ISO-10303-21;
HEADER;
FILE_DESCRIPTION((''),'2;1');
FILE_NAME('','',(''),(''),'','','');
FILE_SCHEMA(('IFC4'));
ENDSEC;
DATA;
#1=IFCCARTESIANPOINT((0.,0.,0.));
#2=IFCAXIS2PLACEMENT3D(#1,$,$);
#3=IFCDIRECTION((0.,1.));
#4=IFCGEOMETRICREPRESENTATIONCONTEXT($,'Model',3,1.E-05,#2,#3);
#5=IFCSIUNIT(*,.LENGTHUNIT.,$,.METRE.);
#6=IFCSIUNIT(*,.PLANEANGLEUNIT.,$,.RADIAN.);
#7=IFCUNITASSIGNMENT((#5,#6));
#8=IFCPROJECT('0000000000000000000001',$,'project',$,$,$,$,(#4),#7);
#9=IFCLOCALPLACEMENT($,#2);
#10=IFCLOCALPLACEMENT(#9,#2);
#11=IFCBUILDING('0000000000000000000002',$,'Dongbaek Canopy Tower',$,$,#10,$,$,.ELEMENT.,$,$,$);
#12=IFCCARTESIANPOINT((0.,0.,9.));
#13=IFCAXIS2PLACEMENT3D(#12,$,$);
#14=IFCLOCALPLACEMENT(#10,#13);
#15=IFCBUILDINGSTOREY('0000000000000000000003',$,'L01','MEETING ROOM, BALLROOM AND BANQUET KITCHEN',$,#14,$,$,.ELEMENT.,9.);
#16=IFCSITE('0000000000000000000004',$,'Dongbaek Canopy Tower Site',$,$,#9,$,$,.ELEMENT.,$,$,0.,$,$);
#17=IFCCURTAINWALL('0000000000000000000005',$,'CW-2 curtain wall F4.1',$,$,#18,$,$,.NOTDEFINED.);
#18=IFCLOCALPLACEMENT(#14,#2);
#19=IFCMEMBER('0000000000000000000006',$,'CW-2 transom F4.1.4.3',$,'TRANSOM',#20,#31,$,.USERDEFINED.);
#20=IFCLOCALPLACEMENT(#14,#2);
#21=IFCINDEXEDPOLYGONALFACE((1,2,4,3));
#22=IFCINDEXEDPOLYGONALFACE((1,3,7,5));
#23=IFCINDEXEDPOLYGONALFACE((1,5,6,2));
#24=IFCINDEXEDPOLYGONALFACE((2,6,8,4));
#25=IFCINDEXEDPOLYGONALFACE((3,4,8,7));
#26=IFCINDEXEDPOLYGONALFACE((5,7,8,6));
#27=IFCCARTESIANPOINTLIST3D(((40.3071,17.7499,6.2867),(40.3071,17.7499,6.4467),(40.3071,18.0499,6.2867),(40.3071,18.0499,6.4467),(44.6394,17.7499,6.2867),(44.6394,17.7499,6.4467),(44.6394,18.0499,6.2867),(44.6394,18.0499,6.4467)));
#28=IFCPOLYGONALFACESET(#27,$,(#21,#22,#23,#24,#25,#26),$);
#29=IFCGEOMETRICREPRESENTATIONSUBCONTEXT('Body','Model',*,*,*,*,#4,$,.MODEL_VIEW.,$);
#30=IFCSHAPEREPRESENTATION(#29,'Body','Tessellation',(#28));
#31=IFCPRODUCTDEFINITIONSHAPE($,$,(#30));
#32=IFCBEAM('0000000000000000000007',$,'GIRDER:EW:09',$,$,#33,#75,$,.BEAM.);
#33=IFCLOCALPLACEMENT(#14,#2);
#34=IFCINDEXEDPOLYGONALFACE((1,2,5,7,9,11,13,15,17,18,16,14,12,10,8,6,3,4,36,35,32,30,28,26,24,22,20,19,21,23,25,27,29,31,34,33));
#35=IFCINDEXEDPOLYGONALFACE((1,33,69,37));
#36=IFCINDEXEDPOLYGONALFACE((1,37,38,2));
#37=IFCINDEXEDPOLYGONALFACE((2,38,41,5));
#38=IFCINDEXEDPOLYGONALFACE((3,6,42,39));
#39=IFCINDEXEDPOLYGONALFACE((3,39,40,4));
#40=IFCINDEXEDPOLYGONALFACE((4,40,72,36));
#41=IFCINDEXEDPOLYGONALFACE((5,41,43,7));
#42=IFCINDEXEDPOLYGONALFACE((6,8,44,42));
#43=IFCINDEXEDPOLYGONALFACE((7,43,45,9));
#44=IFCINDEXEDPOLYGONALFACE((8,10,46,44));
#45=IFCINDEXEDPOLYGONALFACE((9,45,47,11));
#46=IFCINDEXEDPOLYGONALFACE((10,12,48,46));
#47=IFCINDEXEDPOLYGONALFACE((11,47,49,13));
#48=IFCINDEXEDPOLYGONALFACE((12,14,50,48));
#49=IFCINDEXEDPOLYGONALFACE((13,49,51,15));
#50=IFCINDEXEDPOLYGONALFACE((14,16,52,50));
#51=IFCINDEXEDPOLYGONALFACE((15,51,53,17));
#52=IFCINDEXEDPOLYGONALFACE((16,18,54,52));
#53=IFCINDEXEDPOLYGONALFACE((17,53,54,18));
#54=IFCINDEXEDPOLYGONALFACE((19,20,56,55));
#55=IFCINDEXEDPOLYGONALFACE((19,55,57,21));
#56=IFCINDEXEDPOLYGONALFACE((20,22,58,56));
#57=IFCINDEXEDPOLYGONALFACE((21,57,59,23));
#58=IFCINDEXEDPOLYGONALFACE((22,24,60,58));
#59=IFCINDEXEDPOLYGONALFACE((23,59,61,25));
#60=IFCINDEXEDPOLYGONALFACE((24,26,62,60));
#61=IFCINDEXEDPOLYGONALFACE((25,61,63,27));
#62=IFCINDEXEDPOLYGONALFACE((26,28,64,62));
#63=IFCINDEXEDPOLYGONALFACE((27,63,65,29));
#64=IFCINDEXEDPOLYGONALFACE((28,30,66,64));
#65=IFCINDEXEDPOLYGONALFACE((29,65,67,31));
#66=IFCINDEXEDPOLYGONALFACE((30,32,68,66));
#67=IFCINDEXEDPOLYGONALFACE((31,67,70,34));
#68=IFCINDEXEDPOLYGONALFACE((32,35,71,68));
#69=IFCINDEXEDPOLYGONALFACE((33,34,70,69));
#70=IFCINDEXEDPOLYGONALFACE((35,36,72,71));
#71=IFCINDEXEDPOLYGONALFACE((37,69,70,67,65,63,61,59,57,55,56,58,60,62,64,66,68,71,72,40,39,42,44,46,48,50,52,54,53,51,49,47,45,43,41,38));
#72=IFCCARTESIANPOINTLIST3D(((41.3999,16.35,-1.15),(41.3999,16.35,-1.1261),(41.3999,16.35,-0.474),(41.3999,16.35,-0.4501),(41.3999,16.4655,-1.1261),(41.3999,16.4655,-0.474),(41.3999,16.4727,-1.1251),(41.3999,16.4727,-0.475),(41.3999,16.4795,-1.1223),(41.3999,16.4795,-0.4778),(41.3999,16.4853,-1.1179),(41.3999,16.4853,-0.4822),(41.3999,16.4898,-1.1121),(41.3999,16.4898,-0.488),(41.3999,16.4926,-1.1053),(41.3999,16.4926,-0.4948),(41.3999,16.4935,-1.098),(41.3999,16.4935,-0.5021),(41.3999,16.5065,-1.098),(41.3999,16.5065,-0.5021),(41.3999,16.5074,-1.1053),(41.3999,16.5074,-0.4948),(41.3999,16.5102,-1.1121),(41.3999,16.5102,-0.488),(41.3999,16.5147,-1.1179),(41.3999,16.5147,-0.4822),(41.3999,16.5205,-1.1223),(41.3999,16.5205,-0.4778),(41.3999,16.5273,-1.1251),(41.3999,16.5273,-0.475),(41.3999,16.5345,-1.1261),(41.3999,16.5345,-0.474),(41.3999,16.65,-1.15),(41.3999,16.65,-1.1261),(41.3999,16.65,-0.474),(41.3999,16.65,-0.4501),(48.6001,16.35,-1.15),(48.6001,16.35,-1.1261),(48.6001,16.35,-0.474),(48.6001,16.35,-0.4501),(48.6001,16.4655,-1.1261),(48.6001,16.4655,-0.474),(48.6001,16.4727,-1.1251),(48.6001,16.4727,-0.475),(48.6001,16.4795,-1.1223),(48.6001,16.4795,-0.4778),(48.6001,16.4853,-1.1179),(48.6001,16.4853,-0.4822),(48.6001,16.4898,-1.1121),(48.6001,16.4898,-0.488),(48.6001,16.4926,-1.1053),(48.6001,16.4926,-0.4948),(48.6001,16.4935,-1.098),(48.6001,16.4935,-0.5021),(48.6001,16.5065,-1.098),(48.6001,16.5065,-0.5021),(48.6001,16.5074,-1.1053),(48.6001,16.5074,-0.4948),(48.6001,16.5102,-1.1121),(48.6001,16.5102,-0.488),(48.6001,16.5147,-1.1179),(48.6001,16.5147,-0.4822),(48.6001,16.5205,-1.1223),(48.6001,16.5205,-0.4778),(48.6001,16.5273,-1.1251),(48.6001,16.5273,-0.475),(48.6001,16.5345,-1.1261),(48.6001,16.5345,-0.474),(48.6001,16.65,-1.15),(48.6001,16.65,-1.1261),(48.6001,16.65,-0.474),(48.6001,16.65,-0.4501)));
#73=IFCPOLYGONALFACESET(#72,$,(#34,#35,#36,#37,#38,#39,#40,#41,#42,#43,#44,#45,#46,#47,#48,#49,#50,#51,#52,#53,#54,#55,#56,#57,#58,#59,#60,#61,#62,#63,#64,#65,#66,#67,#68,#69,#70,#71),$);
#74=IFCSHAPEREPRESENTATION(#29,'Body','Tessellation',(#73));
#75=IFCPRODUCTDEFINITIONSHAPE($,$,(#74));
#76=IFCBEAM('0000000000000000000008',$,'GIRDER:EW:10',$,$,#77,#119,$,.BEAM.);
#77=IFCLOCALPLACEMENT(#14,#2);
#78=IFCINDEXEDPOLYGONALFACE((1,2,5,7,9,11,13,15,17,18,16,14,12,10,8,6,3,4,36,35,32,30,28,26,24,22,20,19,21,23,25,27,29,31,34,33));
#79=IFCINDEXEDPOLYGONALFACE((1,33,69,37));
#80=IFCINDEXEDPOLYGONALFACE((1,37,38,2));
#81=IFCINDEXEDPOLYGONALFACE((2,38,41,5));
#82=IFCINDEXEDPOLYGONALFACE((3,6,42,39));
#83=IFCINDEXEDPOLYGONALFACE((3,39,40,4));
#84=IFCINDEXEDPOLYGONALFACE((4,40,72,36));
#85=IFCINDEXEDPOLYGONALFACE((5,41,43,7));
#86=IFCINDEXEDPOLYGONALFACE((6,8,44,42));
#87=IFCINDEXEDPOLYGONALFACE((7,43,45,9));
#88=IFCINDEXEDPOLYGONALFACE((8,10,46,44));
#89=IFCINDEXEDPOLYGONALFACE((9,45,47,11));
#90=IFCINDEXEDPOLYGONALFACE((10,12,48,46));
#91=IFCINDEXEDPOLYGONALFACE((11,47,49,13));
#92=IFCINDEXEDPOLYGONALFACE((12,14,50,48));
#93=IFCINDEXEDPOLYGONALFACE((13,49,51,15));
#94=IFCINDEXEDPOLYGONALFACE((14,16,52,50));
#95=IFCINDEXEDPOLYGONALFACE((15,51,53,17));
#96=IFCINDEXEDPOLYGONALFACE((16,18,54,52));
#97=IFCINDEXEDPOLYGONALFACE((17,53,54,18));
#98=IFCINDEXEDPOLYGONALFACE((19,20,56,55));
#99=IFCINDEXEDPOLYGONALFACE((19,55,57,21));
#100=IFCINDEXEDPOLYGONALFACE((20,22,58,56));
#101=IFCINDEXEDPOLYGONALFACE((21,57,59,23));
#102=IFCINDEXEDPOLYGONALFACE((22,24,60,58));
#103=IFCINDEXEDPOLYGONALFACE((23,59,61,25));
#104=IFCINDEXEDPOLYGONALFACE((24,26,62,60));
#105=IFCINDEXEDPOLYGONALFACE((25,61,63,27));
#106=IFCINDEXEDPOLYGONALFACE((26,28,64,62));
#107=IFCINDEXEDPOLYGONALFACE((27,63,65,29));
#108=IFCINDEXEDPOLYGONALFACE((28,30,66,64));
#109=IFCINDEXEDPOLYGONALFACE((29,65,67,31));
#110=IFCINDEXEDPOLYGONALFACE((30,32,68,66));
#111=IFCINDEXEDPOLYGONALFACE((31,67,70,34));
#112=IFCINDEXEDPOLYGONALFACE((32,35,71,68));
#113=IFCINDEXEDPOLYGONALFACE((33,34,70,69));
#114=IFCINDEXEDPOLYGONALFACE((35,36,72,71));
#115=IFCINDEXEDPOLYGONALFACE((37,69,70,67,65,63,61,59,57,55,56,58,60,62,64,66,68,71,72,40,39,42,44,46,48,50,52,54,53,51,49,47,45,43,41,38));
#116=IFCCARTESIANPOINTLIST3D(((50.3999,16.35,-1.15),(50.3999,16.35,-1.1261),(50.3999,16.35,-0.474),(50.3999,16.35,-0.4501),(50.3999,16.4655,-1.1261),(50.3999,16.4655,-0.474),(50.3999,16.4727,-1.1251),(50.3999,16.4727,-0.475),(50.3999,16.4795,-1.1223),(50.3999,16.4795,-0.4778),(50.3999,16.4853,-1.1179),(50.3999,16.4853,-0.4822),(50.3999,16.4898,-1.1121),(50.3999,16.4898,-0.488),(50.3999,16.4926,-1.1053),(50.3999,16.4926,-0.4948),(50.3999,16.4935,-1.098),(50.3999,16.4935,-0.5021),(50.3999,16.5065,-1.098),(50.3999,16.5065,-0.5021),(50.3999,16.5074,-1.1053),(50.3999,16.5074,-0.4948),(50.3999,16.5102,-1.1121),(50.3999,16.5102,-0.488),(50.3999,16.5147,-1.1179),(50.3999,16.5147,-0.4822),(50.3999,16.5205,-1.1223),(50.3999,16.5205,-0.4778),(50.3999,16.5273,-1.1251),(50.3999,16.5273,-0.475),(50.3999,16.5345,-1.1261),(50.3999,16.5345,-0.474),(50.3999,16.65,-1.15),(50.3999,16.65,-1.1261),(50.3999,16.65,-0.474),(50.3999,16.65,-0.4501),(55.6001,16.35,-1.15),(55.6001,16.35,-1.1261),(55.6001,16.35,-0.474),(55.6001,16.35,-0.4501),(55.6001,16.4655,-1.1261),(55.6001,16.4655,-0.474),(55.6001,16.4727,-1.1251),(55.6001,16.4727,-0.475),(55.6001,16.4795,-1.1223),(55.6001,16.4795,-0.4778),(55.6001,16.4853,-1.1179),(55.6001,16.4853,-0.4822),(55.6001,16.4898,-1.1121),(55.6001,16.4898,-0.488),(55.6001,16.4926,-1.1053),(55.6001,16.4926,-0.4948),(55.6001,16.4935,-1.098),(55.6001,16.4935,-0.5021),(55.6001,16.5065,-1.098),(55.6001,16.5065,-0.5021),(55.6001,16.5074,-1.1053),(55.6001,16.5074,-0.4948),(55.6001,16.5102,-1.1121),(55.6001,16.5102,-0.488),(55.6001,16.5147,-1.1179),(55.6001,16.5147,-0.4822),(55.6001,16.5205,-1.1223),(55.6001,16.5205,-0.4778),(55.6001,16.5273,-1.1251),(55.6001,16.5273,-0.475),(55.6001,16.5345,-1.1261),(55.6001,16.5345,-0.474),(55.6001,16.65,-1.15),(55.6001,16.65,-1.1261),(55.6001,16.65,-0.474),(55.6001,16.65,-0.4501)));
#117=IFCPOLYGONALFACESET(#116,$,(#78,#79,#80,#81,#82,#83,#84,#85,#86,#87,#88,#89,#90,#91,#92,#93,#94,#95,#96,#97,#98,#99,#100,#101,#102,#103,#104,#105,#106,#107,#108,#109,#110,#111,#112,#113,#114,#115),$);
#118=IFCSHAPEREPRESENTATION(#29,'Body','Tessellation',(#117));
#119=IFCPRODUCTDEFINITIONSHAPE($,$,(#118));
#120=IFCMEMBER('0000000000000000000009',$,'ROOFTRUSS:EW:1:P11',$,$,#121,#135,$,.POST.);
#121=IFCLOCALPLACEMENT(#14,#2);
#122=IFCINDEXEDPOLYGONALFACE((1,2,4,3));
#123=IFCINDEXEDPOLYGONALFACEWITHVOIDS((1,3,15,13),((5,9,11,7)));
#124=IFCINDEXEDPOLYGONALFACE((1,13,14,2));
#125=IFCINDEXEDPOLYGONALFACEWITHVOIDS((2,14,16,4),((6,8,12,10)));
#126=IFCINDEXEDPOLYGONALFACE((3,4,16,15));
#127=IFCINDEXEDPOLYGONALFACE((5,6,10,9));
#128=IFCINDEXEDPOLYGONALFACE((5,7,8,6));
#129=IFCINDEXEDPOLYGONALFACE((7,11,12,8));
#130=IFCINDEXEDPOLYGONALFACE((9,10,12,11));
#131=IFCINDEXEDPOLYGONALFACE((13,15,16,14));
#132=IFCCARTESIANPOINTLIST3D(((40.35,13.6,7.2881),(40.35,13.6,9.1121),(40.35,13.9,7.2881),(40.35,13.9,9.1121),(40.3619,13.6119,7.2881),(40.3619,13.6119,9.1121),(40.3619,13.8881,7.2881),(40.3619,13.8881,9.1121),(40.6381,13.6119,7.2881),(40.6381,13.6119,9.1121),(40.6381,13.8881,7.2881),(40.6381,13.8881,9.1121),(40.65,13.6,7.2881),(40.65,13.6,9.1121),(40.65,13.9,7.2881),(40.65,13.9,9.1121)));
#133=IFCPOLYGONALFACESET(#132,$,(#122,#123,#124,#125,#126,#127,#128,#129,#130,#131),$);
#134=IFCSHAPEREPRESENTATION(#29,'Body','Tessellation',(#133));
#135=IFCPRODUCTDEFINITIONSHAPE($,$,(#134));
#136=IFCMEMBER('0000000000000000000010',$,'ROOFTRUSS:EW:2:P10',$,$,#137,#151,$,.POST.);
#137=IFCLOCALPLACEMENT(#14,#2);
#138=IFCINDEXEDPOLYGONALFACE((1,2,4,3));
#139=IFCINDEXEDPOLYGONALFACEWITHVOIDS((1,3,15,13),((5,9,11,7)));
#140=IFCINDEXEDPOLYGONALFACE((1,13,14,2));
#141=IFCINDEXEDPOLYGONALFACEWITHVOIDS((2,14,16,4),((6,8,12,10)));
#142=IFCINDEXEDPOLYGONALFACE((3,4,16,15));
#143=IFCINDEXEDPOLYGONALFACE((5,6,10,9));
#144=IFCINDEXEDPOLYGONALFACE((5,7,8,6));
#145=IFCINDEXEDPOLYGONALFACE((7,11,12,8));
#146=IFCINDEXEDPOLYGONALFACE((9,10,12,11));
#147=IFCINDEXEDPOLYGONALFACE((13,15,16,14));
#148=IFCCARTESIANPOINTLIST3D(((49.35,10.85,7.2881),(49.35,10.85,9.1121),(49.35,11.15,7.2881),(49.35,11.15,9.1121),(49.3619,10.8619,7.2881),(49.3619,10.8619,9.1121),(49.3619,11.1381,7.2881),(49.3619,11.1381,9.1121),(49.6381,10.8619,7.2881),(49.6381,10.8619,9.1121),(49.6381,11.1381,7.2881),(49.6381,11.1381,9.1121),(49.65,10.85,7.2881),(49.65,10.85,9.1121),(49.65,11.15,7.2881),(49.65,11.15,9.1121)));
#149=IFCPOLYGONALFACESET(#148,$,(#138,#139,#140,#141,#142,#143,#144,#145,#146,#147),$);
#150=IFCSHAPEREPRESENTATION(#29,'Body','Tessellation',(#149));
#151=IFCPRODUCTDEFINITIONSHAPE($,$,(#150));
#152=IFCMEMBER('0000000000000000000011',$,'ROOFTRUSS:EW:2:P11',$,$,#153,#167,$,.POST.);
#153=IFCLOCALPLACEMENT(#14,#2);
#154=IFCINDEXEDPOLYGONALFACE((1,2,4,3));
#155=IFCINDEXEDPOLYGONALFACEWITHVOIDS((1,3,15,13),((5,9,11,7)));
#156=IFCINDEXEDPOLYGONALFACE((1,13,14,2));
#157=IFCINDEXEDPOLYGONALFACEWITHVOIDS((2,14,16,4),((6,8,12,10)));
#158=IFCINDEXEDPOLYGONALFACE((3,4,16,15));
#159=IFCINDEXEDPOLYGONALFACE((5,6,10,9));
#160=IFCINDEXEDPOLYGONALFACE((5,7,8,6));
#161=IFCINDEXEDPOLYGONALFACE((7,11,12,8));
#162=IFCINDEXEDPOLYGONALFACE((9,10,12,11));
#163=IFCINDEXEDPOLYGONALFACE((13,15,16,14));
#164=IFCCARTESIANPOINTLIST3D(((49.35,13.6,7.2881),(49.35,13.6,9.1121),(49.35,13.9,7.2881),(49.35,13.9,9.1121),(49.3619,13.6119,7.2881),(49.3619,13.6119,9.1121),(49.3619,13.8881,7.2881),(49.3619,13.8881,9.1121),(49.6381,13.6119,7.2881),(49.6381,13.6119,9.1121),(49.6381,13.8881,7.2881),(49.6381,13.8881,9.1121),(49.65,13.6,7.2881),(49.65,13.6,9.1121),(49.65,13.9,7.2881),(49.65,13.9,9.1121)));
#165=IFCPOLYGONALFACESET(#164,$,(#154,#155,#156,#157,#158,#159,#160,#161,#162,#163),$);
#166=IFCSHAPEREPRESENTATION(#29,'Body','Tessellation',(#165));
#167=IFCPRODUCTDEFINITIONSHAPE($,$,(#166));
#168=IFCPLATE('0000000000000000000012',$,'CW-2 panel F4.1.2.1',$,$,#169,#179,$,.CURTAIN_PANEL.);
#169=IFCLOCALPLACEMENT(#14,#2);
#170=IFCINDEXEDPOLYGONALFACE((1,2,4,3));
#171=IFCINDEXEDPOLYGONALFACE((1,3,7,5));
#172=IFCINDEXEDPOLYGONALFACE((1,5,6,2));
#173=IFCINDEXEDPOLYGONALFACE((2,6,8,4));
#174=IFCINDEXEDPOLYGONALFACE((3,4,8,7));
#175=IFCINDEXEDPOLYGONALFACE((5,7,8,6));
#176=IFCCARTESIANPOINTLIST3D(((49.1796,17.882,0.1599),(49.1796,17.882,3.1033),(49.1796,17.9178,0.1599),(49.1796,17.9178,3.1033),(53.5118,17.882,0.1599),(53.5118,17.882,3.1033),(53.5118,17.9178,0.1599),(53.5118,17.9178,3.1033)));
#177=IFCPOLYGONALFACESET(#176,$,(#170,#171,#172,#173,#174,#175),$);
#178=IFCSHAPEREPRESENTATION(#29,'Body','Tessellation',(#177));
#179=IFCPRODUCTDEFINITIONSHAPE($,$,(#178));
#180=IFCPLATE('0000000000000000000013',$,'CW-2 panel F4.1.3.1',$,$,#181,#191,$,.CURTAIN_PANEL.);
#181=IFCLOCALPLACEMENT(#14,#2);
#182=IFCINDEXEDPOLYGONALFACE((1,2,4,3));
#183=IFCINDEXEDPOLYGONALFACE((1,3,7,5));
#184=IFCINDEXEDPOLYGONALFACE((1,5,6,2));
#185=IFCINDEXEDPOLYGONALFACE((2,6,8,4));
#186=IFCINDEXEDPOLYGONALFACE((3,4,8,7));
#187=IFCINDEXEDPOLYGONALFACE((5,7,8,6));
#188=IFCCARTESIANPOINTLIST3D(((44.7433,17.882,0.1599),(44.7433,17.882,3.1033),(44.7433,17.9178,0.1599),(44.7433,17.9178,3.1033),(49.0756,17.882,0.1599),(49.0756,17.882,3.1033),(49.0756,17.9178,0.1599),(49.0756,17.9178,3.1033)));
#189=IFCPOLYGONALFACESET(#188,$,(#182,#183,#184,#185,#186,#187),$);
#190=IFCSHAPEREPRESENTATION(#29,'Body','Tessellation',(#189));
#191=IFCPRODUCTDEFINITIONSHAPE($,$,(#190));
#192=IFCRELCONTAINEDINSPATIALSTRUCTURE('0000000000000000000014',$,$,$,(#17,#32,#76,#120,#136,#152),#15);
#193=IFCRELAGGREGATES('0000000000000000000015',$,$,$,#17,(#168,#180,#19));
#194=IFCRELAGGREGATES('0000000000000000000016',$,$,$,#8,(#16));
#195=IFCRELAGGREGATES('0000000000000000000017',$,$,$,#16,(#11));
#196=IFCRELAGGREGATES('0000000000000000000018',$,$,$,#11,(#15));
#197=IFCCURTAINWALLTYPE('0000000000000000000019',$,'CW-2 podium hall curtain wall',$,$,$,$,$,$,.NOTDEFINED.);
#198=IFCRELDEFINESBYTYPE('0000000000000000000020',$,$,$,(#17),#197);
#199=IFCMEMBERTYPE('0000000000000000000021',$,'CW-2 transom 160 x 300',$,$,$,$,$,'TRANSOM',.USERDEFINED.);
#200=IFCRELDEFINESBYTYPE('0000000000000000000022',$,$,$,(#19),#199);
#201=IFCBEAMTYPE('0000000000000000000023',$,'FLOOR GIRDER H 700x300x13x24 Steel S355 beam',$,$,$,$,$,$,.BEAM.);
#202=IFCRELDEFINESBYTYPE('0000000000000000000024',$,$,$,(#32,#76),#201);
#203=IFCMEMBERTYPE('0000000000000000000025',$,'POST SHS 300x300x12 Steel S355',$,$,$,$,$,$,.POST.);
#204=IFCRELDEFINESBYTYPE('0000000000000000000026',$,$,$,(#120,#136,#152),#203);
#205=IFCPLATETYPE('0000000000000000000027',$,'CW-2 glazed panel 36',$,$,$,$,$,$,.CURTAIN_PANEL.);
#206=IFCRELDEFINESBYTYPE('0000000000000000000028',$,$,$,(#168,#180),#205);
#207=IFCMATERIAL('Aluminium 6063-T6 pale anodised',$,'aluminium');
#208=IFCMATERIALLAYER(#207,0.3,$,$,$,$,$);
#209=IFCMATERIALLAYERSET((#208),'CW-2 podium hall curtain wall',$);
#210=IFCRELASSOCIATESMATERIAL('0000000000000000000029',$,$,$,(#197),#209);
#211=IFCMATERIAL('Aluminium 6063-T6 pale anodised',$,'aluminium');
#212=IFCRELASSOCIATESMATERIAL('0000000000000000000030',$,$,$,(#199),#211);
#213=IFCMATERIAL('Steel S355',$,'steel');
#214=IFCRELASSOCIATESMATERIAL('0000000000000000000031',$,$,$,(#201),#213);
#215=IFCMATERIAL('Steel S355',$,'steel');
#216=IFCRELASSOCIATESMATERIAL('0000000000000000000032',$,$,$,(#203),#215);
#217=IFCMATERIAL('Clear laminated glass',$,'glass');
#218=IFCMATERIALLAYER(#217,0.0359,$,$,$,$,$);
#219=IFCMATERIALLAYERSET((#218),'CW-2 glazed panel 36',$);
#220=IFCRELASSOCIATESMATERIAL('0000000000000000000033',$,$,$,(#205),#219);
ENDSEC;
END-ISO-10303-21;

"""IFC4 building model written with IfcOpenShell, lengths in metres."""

from ifc_helpers import new_model, si_unit, direction, frame, origin, origin_2d, place, context, subcontext, project, spatial, rectangle, hollow_rectangle, i_section, extrude, material, layer, layer_set, material_profile, profile_set, type_object, element, aggregate, save


model = new_model("IFC4")

# Units and contexts
model_context = context("Model", 3, precision=1e-05, world=origin(), true_north=direction((0.0, 1.0)))
body_context = subcontext(model_context, "Body", "Model", "MODEL_VIEW")
ifc_project = project(units=[si_unit("LENGTHUNIT", "METRE"), si_unit("PLANEANGLEUNIT", "RADIAN")], contexts=[model_context])

# Site, building, storey
site_placement = place(None, origin())
site = spatial("IfcSite", under=ifc_project, at=site_placement, Name="Dongbaek Canopy Tower Site", CompositionType="ELEMENT", RefElevation=0.0)
building_placement = place(site_placement, origin())
building = spatial("IfcBuilding", under=site, at=building_placement, Name="Dongbaek Canopy Tower", CompositionType="ELEMENT")
storey_placement = place(building_placement, frame((0.0, 0.0, 9.0)))
storey = spatial("IfcBuildingStorey", under=building, at=storey_placement, Name="L01", Description="MEETING ROOM, BALLROOM AND BANQUET KITCHEN", CompositionType="ELEMENT", Elevation=9.0)

# Curtain wall, member
ifc_material_1 = material(Name="Aluminium 6063-T6 pale anodised", Category="aluminium")
ifc_layer_1 = layer(ifc_material_1, 0.3)
ifc_layer_set_1 = layer_set([ifc_layer_1], Name="CW-2 podium hall curtain wall")
curtain_wall_type = type_object("IfcCurtainWallType", Name="CW-2 podium hall curtain wall", PredefinedType="NOTDEFINED", material=ifc_layer_set_1)
curtain_wall_placement = place(storey_placement, origin())
curtain_wall = element("IfcCurtainWall", 1, at=curtain_wall_placement, inside=storey, type_object=curtain_wall_type, Name="CW-2 curtain wall F4.1", PredefinedType="NOTDEFINED")
ifc_material_2 = material(Name="Aluminium 6063-T6 pale anodised", Category="aluminium")
ifc_material_profile_1 = material_profile(ifc_material_2, rectangle(XDim=0.3, YDim=0.1599, at=origin_2d()), Name="CW-2 transom 160 x 300")
ifc_profile_set_1 = profile_set([ifc_material_profile_1], Name="Aluminium 6063-T6 pale anodised")
member_type_1 = type_object("IfcMemberType", Name="CW-2 transom 160 x 300", ElementType="TRANSOM", PredefinedType="USERDEFINED", material=ifc_profile_set_1)
member_1_placement = place(storey_placement, frame((44.6394, 17.8999, 6.3667), z_axis=(-1.0, 0.0, 0.0), x_axis=(0.0, -1.0, 0.0)))
member_1 = element("IfcMember", 2, at=member_1_placement, type_object=member_type_1, Name="CW-2 transom F4.1.4.3", ObjectType="TRANSOM", PredefinedType="USERDEFINED", context=body_context, shape_type="SweptSolid", body=[
    extrude(rectangle(XDim=0.3, YDim=0.1599, at=origin_2d()), origin(), (0.0, 0.0, 1.0), 4.3323),
])

# Beams
ifc_material_3 = material(Name="Steel S355", Category="steel")
ifc_material_profile_2 = material_profile(ifc_material_3, i_section(OverallWidth=0.3, OverallDepth=0.7, WebThickness=0.0129, FlangeThickness=0.0239, FilletRadius=0.0281, at=origin_2d()), Name="FLOOR GIRDER H 700x300x13x24 Steel S355 beam")
ifc_profile_set_2 = profile_set([ifc_material_profile_2], Name="Steel S355")
beam_type = type_object("IfcBeamType", Name="FLOOR GIRDER H 700x300x13x24 Steel S355 beam", PredefinedType="BEAM", material=ifc_profile_set_2)
beam_1_placement = place(storey_placement, frame((41.3999, 16.5, -0.8), z_axis=(1.0, 0.0, 0.0), x_axis=(0.0, 1.0, 0.0)))
element("IfcBeam", 3, at=beam_1_placement, inside=storey, type_object=beam_type, Name="GIRDER:EW:09", PredefinedType="BEAM", context=body_context, shape_type="SweptSolid", body=[
    extrude(i_section(OverallWidth=0.3, OverallDepth=0.7, WebThickness=0.0129, FlangeThickness=0.0239, FilletRadius=0.0281, at=origin_2d()), origin(), (0.0, 0.0, 1.0), 7.2002),
])
beam_2_placement = place(storey_placement, frame((50.3999, 16.5, -0.8), z_axis=(1.0, 0.0, 0.0), x_axis=(0.0, 1.0, 0.0)))
element("IfcBeam", 4, at=beam_2_placement, inside=storey, type_object=beam_type, Name="GIRDER:EW:10", PredefinedType="BEAM", context=body_context, shape_type="SweptSolid", body=[
    extrude(i_section(OverallWidth=0.3, OverallDepth=0.7, WebThickness=0.0129, FlangeThickness=0.0239, FilletRadius=0.0281, at=origin_2d()), origin(), (0.0, 0.0, 1.0), 5.2002),
])

# Members
ifc_material_4 = material(Name="Steel S355", Category="steel")
ifc_material_profile_3 = material_profile(ifc_material_4, hollow_rectangle(XDim=0.3, YDim=0.3, WallThickness=0.012, at=origin_2d()), Name="POST SHS 300x300x12 Steel S355")
ifc_profile_set_3 = profile_set([ifc_material_profile_3], Name="Steel S355")
member_type_2 = type_object("IfcMemberType", Name="POST SHS 300x300x12 Steel S355", PredefinedType="POST", material=ifc_profile_set_3)
for number, where, z_axis, x_axis, name in (
    (5, (40.5, 13.75, 7.2881), (0.0, 0.0, 1.0), (1.0, 0.0, 0.0), "ROOFTRUSS:EW:1:P11"),
    (6, (49.5, 11.0, 7.2881), (0.0, 0.0, 1.0), (1.0, 0.0, 0.0), "ROOFTRUSS:EW:2:P10"),
    (7, (49.5, 13.75, 7.2881), (0.0, 0.0, 1.0), (1.0, 0.0, 0.0), "ROOFTRUSS:EW:2:P11"),
):
    element("IfcMember", number, at=place(storey_placement, frame(where, z_axis=z_axis, x_axis=x_axis)), inside=storey, type_object=member_type_2, Name=name, PredefinedType="POST", context=body_context, shape_type="SweptSolid", body=[
        extrude(hollow_rectangle(XDim=0.3, YDim=0.3, WallThickness=0.012, at=origin_2d()), origin(), (0.0, 0.0, 1.0), 1.824),
    ])

# Plates
ifc_material_5 = material(Name="Clear laminated glass", Category="glass")
ifc_layer_2 = layer(ifc_material_5, 0.0359)
ifc_layer_set_2 = layer_set([ifc_layer_2], Name="CW-2 glazed panel 36")
plate_type_1 = type_object("IfcPlateType", Name="CW-2 glazed panel 36", PredefinedType="CURTAIN_PANEL", material=ifc_layer_set_2)
plate_1_placement = place(storey_placement, frame((51.3457, 17.8999, 0.1599), z_axis=(0.0, 0.0, 1.0), x_axis=(-1.0, 0.0, 0.0)))
plate_1 = element("IfcPlate", 8, at=plate_1_placement, type_object=plate_type_1, Name="CW-2 panel F4.1.2.1", PredefinedType="CURTAIN_PANEL", context=body_context, shape_type="SweptSolid", body=[
    extrude(rectangle(XDim=4.3323, YDim=0.0359, at=origin_2d()), origin(), (0.0, 0.0, 1.0), 2.9434),
])
plate_2_placement = place(storey_placement, frame((46.9094, 17.8999, 0.1599), z_axis=(0.0, 0.0, 1.0), x_axis=(-1.0, 0.0, 0.0)))
plate_2 = element("IfcPlate", 9, at=plate_2_placement, type_object=plate_type_1, Name="CW-2 panel F4.1.3.1", PredefinedType="CURTAIN_PANEL", context=body_context, shape_type="SweptSolid", body=[
    extrude(rectangle(XDim=4.3323, YDim=0.0359, at=origin_2d()), origin(), (0.0, 0.0, 1.0), 2.9434),
])
aggregate(curtain_wall, [plate_1, plate_2, member_1])

save(model, "model.ifc")
